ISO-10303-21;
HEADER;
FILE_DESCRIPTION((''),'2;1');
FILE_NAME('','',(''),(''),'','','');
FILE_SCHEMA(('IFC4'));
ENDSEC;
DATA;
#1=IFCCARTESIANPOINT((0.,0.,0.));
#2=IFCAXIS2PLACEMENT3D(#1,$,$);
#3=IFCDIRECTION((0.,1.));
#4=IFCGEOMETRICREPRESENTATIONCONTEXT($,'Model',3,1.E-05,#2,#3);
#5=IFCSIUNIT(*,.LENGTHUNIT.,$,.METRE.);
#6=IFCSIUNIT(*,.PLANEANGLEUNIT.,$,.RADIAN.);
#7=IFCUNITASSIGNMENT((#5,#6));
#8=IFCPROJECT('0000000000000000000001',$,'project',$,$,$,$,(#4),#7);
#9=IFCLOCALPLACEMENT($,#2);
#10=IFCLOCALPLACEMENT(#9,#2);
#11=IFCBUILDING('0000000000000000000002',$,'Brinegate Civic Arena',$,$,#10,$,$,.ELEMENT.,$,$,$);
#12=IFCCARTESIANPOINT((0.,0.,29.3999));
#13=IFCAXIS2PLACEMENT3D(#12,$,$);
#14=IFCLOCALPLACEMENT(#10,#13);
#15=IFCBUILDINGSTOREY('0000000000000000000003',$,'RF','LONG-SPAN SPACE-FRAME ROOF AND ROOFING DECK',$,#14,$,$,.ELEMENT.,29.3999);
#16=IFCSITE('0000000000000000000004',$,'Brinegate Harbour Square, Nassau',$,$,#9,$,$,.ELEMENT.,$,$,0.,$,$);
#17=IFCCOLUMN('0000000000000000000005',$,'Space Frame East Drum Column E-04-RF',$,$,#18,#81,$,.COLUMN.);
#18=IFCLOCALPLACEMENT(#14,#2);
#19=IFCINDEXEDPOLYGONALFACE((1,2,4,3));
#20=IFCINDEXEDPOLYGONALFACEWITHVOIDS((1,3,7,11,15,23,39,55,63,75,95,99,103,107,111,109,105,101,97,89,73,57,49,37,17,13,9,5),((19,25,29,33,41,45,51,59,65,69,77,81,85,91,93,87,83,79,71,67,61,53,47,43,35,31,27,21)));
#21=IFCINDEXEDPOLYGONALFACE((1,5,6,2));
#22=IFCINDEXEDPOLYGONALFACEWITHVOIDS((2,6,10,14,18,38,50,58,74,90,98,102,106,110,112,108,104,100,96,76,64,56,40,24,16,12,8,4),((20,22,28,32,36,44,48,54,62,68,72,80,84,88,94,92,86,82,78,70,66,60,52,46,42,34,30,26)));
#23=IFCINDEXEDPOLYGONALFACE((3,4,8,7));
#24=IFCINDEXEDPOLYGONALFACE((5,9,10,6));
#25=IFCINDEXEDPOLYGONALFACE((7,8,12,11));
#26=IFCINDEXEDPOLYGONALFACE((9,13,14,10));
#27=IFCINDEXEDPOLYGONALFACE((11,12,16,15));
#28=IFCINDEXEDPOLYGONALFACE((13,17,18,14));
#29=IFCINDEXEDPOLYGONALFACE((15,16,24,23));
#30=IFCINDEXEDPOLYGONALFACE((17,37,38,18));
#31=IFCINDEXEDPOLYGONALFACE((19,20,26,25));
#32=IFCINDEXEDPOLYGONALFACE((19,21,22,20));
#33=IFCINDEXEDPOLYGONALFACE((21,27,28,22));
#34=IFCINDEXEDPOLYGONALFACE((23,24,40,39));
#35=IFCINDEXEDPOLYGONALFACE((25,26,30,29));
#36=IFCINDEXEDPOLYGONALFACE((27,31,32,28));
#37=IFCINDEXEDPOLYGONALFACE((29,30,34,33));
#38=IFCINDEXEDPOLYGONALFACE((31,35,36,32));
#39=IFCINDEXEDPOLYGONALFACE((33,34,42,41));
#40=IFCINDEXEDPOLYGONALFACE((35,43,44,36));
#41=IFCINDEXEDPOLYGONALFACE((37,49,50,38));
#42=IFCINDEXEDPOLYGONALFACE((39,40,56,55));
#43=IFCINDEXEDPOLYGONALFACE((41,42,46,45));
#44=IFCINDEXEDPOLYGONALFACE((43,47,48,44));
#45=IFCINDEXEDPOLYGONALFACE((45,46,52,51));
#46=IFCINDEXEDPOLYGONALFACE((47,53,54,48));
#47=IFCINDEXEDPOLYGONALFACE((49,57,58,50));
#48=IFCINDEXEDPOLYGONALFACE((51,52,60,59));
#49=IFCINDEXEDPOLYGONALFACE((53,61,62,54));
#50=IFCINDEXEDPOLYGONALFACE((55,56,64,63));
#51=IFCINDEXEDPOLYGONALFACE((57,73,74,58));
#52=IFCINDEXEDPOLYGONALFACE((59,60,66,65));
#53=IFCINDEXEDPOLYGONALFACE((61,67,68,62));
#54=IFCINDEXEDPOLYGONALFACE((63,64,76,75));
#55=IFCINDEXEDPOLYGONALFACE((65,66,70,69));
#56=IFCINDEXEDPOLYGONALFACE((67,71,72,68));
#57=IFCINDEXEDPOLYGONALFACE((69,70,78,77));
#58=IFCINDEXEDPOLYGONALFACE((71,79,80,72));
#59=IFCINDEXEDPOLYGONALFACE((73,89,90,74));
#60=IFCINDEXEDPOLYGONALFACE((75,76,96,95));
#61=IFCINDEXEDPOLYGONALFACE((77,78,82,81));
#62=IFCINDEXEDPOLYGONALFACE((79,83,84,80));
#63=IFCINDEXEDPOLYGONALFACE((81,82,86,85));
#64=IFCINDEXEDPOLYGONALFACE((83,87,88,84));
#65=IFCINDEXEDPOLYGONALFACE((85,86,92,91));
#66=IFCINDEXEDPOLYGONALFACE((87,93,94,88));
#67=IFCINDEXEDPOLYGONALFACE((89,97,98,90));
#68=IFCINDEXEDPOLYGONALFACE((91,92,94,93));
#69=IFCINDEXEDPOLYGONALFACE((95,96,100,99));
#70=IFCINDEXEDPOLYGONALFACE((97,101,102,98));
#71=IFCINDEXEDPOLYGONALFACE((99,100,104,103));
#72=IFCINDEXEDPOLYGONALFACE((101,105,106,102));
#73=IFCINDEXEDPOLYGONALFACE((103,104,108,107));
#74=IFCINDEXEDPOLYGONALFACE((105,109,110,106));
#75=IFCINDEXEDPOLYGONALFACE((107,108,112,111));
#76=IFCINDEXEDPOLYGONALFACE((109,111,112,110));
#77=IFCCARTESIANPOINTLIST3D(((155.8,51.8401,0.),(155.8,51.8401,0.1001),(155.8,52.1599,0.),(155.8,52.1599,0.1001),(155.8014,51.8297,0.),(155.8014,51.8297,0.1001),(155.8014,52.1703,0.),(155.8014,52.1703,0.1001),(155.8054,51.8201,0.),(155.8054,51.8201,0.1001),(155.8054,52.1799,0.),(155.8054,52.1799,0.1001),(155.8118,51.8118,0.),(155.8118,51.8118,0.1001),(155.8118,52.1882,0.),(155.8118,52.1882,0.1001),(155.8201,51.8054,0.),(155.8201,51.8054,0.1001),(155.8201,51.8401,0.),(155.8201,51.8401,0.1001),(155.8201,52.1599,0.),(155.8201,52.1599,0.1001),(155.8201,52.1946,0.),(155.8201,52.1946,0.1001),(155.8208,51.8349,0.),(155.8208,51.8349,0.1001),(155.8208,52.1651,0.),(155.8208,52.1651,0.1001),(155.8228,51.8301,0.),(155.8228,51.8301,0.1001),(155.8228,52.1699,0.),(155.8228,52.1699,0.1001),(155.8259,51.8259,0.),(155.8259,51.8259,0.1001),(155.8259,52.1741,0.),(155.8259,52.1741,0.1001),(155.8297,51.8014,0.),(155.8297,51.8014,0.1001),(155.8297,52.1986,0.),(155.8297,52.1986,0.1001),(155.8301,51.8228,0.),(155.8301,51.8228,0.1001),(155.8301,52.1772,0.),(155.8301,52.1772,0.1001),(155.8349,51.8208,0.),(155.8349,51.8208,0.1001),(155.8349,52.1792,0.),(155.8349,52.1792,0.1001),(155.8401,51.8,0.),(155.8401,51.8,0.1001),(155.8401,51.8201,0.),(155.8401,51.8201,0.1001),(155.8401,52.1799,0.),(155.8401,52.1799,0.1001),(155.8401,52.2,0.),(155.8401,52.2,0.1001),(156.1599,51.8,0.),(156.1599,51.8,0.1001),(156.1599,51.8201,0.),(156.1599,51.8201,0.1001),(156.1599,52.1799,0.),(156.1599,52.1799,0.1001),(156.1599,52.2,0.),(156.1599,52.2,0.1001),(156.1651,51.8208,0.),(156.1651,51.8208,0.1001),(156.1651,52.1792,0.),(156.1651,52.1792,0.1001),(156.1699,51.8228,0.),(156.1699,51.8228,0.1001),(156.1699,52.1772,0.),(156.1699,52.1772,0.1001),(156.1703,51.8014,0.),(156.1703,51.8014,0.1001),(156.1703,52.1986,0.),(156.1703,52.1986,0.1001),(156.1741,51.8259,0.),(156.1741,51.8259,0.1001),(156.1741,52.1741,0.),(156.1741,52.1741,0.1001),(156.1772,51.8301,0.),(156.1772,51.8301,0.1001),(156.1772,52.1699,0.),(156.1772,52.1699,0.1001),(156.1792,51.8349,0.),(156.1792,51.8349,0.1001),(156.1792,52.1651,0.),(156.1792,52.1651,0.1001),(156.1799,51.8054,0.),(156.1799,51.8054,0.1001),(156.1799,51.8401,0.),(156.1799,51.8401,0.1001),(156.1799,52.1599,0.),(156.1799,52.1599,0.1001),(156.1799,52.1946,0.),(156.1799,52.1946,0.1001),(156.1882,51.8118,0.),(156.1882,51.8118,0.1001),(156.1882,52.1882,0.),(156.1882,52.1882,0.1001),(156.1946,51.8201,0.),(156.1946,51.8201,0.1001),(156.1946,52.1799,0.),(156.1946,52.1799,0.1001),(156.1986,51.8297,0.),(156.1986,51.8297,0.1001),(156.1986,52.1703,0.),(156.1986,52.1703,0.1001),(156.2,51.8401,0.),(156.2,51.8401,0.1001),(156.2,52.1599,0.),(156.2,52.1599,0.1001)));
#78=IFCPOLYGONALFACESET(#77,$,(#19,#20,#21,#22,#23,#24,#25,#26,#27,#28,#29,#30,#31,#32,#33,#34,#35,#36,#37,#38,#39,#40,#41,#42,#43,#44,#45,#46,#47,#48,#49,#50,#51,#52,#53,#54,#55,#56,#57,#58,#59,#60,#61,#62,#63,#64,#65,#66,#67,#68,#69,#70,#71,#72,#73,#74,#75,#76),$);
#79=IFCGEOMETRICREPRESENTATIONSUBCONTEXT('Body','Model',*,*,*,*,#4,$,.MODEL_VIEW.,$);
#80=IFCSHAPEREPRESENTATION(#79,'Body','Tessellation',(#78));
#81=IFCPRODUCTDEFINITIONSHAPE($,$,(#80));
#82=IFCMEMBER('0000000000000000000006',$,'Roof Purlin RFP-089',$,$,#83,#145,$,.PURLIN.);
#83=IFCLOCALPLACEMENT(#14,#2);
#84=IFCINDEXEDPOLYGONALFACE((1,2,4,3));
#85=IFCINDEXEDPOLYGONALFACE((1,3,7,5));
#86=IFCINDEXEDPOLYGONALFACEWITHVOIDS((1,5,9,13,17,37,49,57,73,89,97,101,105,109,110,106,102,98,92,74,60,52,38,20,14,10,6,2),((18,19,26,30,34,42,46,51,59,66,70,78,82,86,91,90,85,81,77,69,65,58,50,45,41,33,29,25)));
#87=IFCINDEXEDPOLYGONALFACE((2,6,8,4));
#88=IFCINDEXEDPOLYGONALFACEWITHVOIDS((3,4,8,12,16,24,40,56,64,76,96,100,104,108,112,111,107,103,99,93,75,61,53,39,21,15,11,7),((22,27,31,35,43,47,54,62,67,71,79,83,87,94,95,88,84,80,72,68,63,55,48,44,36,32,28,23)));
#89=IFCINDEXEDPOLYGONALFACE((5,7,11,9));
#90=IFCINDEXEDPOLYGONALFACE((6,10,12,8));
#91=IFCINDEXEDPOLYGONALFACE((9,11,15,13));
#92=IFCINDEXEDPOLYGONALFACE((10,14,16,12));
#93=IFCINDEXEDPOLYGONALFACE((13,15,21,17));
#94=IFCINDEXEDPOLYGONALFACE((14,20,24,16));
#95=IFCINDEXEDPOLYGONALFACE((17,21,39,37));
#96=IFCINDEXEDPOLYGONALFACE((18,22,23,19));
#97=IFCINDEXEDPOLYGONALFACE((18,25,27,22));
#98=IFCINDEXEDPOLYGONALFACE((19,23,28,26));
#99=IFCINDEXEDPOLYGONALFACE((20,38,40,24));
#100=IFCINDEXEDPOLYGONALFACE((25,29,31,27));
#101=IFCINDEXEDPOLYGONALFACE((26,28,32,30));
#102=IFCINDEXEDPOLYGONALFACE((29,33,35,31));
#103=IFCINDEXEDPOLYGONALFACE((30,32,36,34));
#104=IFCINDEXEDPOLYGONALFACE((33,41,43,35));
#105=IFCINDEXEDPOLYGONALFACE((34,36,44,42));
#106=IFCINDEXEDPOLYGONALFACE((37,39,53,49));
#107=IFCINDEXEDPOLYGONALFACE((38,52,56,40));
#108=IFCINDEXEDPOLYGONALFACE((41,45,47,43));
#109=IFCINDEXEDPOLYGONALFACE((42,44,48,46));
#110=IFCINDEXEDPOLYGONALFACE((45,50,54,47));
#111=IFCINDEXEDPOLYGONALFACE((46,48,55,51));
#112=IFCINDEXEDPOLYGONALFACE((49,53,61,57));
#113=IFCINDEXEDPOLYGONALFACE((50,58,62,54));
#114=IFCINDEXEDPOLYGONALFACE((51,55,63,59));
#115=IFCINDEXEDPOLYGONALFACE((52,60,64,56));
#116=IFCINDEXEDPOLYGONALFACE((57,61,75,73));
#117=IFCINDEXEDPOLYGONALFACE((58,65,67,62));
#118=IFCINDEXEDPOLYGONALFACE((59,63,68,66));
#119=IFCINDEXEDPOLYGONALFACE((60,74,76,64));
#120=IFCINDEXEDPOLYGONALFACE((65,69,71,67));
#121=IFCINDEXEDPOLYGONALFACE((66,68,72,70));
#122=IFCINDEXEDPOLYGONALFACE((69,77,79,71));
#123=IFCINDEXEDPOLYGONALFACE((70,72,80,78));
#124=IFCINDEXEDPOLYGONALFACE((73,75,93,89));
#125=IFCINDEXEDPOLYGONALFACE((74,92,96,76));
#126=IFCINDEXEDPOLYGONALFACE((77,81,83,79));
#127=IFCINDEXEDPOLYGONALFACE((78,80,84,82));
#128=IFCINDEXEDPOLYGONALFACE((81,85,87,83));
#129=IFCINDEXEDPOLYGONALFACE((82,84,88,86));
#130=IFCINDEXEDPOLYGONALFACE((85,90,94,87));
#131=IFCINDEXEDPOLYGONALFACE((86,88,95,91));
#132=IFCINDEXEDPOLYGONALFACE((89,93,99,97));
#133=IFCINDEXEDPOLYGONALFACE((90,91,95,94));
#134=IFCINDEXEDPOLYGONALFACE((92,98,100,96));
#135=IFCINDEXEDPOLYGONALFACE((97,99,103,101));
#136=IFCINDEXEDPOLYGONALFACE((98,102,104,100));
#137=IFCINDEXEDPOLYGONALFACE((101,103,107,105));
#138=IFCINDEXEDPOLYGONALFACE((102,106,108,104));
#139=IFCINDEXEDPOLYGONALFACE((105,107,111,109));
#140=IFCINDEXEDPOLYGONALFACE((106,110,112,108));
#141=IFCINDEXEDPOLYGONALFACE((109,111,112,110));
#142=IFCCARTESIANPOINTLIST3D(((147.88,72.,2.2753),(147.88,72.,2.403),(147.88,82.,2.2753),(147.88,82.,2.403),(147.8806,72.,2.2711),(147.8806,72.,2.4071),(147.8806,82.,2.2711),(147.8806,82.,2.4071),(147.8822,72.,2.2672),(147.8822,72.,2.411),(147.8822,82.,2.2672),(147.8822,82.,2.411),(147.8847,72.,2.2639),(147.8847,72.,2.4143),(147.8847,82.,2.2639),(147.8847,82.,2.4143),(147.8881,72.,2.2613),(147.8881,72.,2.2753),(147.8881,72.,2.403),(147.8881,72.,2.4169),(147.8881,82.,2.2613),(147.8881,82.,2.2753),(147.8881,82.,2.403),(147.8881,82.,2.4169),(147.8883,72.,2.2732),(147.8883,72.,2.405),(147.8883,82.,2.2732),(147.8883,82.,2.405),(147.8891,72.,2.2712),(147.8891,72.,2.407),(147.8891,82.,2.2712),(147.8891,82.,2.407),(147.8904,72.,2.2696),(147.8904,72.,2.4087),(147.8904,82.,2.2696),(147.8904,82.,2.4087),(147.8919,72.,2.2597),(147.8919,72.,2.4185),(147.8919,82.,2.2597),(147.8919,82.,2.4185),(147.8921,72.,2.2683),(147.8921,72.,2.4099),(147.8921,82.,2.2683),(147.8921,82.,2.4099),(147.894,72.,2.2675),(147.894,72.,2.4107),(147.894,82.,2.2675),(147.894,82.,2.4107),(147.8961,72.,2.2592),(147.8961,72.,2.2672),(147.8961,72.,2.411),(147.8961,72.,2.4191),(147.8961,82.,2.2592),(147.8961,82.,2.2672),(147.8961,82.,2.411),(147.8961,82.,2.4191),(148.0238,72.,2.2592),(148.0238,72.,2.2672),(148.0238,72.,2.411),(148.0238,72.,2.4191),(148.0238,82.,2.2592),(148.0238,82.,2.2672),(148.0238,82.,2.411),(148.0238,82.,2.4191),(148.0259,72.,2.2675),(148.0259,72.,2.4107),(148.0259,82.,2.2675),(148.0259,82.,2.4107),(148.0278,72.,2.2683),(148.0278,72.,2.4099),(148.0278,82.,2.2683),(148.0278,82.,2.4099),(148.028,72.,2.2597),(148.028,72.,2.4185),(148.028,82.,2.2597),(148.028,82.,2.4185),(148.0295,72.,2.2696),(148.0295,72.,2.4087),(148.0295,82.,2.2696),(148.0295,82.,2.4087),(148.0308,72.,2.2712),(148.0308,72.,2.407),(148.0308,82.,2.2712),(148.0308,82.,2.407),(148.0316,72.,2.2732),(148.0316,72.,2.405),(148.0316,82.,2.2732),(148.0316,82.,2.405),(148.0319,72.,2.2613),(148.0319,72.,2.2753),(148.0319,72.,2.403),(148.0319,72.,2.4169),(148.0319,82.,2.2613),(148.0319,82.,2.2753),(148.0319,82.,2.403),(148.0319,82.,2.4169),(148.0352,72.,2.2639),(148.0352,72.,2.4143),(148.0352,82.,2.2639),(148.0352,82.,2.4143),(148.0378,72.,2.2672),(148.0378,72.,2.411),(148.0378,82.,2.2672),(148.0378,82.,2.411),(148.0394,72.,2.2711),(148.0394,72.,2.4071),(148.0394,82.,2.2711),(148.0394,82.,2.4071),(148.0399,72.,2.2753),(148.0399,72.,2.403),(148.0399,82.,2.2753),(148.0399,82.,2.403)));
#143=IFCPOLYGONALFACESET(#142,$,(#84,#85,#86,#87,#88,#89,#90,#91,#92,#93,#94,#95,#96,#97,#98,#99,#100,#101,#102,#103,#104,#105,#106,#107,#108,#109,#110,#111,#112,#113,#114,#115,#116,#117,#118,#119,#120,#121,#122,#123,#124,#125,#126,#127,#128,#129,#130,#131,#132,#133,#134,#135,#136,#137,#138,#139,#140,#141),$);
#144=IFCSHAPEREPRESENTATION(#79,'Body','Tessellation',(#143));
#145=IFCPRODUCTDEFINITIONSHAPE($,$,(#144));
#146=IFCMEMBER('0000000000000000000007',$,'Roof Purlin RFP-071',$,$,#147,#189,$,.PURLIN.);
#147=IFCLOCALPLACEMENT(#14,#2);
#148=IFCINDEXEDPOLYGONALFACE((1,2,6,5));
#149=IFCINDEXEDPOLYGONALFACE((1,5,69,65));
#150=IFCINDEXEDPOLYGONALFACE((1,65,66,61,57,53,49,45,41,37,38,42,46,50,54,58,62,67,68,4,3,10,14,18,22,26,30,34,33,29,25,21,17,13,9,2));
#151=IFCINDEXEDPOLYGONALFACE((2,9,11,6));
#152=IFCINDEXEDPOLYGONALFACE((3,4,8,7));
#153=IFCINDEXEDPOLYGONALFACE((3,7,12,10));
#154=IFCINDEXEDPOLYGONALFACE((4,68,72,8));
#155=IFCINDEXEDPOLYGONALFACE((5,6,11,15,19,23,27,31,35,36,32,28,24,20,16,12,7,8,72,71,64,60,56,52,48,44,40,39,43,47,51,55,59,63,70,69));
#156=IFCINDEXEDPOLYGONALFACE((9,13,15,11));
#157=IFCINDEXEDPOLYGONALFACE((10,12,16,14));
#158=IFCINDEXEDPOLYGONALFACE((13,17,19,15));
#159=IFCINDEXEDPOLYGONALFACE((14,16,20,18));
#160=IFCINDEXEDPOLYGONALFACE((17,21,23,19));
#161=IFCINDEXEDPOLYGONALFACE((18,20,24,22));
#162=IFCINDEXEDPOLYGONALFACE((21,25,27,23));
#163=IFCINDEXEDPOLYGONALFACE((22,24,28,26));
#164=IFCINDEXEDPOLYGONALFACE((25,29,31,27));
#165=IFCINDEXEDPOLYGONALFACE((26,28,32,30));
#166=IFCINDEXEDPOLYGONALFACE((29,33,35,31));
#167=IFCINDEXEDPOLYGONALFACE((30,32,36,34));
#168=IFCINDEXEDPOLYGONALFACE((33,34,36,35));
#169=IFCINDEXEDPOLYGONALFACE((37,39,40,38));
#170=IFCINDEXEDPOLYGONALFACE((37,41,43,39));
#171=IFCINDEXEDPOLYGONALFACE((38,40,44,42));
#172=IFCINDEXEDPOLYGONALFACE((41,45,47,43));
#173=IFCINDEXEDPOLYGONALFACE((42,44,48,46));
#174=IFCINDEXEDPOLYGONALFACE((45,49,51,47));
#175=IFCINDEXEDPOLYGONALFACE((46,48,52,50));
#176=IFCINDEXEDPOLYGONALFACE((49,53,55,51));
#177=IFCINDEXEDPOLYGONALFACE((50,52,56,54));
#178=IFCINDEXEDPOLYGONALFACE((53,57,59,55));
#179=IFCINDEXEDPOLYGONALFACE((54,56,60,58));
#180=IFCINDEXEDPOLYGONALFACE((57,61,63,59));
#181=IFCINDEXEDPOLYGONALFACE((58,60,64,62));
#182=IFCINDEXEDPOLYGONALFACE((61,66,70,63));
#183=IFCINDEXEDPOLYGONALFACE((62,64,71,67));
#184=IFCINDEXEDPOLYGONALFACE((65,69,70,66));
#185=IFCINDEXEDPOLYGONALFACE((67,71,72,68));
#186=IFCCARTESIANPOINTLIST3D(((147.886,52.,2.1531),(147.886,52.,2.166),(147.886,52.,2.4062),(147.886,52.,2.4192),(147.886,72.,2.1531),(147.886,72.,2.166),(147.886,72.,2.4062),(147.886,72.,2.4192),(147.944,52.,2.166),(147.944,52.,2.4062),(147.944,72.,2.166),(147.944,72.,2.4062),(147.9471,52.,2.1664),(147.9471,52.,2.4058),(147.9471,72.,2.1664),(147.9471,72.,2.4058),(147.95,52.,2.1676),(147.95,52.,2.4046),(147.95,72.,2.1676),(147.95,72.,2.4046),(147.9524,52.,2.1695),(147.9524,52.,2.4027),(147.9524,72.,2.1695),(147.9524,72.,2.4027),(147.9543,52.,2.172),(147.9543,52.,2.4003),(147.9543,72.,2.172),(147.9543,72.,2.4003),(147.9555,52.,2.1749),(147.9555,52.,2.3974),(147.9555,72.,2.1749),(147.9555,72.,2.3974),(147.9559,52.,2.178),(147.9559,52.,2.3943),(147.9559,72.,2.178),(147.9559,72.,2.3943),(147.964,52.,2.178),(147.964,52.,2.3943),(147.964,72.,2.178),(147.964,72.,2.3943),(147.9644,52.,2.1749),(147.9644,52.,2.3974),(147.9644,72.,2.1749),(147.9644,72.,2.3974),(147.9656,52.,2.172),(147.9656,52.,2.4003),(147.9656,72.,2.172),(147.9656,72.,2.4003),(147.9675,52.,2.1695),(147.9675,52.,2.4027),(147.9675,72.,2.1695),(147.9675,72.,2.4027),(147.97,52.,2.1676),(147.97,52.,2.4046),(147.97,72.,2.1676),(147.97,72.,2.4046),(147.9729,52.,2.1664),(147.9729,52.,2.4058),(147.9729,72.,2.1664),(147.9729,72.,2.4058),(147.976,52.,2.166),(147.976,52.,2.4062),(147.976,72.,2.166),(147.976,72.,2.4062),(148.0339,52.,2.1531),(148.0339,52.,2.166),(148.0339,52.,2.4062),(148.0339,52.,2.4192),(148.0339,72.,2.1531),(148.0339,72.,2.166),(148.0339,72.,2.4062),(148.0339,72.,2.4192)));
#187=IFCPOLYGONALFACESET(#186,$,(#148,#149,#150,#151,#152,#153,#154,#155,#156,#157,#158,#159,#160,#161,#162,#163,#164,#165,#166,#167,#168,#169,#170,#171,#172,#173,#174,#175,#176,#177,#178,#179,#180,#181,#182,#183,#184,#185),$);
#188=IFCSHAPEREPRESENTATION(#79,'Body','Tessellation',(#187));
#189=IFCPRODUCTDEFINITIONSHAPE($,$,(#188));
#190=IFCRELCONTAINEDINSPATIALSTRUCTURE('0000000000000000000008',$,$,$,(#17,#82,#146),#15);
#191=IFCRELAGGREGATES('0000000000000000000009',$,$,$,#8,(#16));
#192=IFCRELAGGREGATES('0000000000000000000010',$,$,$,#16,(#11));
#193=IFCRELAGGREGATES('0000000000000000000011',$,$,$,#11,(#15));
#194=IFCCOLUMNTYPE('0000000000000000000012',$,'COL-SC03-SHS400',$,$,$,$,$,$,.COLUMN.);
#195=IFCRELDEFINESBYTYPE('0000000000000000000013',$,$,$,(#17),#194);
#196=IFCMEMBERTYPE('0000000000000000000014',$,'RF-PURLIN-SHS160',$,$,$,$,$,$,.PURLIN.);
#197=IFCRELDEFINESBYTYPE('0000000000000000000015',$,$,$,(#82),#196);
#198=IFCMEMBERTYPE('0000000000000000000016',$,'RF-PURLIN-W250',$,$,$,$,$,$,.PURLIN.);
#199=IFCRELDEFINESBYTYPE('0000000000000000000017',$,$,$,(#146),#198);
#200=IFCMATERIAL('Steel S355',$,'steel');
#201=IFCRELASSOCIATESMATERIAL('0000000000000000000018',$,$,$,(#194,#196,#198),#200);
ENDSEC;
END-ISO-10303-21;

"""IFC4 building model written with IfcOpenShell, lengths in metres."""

from ifc_helpers import new_model, si_unit, direction, frame, origin, origin_2d, place, context, subcontext, project, spatial, hollow_rectangle, i_section, extrude, material, material_profile, profile_set, type_object, element, save


model = new_model("IFC4")

# Units and contexts
model_context = context("Model", 3, precision=1e-05, world=origin(), true_north=direction((0.0, 1.0)))
body_context = subcontext(model_context, "Body", "Model", "MODEL_VIEW")
ifc_project = project(units=[si_unit("LENGTHUNIT", "METRE"), si_unit("PLANEANGLEUNIT", "RADIAN")], contexts=[model_context])

# Site, building, storey
site_placement = place(None, origin())
site = spatial("IfcSite", under=ifc_project, at=site_placement, Name="Brinegate Harbour Square, Nassau", CompositionType="ELEMENT", RefElevation=0.0)
building_placement = place(site_placement, origin())
building = spatial("IfcBuilding", under=site, at=building_placement, Name="Brinegate Civic Arena", CompositionType="ELEMENT")
storey_placement = place(building_placement, frame((0.0, 0.0, 29.3999)))
storey = spatial("IfcBuildingStorey", under=building, at=storey_placement, Name="RF", Description="LONG-SPAN SPACE-FRAME ROOF AND ROOFING DECK", CompositionType="ELEMENT", Elevation=29.3999)

# Column
ifc_material_1 = material(Name="Steel S355", Category="steel")
ifc_material_profile_1 = material_profile(ifc_material_1, hollow_rectangle(XDim=0.3999, YDim=0.3999, WallThickness=0.02, InnerFilletRadius=0.02, OuterFilletRadius=0.04, at=origin_2d()), Name="SHS400X20")
ifc_profile_set_1 = profile_set([ifc_material_profile_1], Name="Steel S355")
column_type = type_object("IfcColumnType", Name="COL-SC03-SHS400", PredefinedType="COLUMN", material=ifc_profile_set_1)
column_placement = place(storey_placement, frame((156.0, 52.0, 0.0), z_axis=(0.0, 0.0, 1.0), x_axis=(1.0, 0.0, 0.0)))
element("IfcColumn", 1, at=column_placement, inside=storey, type_object=column_type, Name="Space Frame East Drum Column E-04-RF", PredefinedType="COLUMN", context=body_context, shape_type="SweptSolid", body=[
    extrude(hollow_rectangle(XDim=0.3999, YDim=0.3999, WallThickness=0.02, InnerFilletRadius=0.02, OuterFilletRadius=0.04, at=origin_2d()), origin(), (0.0, 0.0, 1.0), 0.1001),
])

# Members
ifc_material_profile_2 = material_profile(ifc_material_1, hollow_rectangle(XDim=0.1599, YDim=0.1599, WallThickness=0.0081, InnerFilletRadius=0.0081, OuterFilletRadius=0.0161, at=origin_2d()), Name="SHS160X8")
ifc_profile_set_2 = profile_set([ifc_material_profile_2], Name="Steel S355")
member_type_1 = type_object("IfcMemberType", Name="RF-PURLIN-SHS160", PredefinedType="PURLIN", material=ifc_profile_set_2)
member_1_placement = place(storey_placement, frame((147.96, 72.0, 2.3391), z_axis=(0.0, 1.0, 0.0), x_axis=(-1.0, 0.0, 0.0)))
element("IfcMember", 2, at=member_1_placement, inside=storey, type_object=member_type_1, Name="Roof Purlin RFP-089", PredefinedType="PURLIN", context=body_context, shape_type="SweptSolid", body=[
    extrude(hollow_rectangle(XDim=0.1599, YDim=0.1599, WallThickness=0.0081, InnerFilletRadius=0.0081, OuterFilletRadius=0.0161, at=origin_2d()), origin(), (0.0, 0.0, 1.0), 10.0),
])
ifc_material_profile_3 = material_profile(ifc_material_1, i_section(OverallWidth=0.1479, OverallDepth=0.2661, WebThickness=0.0081, FlangeThickness=0.0129, FilletRadius=0.012, at=origin_2d()), Name="W250X45")
ifc_profile_set_3 = profile_set([ifc_material_profile_3], Name="Steel S355")
member_type_2 = type_object("IfcMemberType", Name="RF-PURLIN-W250", PredefinedType="PURLIN", material=ifc_profile_set_3)
for number, where, z_axis, x_axis, name in (
    (3, (147.96, 52.0, 2.2861), (0.0, 1.0, 0.0), (-1.0, 0.0, 0.0), "Roof Purlin RFP-071"),
):
    element("IfcMember", number, at=place(storey_placement, frame(where, z_axis=z_axis, x_axis=x_axis)), inside=storey, type_object=member_type_2, Name=name, PredefinedType="PURLIN", context=body_context, shape_type="SweptSolid", body=[
        extrude(i_section(OverallWidth=0.1479, OverallDepth=0.2661, WebThickness=0.0081, FlangeThickness=0.0129, FilletRadius=0.012, at=origin_2d()), origin(), (0.0, 0.0, 1.0), 20.0),
    ])

save(model, "model.ifc")
